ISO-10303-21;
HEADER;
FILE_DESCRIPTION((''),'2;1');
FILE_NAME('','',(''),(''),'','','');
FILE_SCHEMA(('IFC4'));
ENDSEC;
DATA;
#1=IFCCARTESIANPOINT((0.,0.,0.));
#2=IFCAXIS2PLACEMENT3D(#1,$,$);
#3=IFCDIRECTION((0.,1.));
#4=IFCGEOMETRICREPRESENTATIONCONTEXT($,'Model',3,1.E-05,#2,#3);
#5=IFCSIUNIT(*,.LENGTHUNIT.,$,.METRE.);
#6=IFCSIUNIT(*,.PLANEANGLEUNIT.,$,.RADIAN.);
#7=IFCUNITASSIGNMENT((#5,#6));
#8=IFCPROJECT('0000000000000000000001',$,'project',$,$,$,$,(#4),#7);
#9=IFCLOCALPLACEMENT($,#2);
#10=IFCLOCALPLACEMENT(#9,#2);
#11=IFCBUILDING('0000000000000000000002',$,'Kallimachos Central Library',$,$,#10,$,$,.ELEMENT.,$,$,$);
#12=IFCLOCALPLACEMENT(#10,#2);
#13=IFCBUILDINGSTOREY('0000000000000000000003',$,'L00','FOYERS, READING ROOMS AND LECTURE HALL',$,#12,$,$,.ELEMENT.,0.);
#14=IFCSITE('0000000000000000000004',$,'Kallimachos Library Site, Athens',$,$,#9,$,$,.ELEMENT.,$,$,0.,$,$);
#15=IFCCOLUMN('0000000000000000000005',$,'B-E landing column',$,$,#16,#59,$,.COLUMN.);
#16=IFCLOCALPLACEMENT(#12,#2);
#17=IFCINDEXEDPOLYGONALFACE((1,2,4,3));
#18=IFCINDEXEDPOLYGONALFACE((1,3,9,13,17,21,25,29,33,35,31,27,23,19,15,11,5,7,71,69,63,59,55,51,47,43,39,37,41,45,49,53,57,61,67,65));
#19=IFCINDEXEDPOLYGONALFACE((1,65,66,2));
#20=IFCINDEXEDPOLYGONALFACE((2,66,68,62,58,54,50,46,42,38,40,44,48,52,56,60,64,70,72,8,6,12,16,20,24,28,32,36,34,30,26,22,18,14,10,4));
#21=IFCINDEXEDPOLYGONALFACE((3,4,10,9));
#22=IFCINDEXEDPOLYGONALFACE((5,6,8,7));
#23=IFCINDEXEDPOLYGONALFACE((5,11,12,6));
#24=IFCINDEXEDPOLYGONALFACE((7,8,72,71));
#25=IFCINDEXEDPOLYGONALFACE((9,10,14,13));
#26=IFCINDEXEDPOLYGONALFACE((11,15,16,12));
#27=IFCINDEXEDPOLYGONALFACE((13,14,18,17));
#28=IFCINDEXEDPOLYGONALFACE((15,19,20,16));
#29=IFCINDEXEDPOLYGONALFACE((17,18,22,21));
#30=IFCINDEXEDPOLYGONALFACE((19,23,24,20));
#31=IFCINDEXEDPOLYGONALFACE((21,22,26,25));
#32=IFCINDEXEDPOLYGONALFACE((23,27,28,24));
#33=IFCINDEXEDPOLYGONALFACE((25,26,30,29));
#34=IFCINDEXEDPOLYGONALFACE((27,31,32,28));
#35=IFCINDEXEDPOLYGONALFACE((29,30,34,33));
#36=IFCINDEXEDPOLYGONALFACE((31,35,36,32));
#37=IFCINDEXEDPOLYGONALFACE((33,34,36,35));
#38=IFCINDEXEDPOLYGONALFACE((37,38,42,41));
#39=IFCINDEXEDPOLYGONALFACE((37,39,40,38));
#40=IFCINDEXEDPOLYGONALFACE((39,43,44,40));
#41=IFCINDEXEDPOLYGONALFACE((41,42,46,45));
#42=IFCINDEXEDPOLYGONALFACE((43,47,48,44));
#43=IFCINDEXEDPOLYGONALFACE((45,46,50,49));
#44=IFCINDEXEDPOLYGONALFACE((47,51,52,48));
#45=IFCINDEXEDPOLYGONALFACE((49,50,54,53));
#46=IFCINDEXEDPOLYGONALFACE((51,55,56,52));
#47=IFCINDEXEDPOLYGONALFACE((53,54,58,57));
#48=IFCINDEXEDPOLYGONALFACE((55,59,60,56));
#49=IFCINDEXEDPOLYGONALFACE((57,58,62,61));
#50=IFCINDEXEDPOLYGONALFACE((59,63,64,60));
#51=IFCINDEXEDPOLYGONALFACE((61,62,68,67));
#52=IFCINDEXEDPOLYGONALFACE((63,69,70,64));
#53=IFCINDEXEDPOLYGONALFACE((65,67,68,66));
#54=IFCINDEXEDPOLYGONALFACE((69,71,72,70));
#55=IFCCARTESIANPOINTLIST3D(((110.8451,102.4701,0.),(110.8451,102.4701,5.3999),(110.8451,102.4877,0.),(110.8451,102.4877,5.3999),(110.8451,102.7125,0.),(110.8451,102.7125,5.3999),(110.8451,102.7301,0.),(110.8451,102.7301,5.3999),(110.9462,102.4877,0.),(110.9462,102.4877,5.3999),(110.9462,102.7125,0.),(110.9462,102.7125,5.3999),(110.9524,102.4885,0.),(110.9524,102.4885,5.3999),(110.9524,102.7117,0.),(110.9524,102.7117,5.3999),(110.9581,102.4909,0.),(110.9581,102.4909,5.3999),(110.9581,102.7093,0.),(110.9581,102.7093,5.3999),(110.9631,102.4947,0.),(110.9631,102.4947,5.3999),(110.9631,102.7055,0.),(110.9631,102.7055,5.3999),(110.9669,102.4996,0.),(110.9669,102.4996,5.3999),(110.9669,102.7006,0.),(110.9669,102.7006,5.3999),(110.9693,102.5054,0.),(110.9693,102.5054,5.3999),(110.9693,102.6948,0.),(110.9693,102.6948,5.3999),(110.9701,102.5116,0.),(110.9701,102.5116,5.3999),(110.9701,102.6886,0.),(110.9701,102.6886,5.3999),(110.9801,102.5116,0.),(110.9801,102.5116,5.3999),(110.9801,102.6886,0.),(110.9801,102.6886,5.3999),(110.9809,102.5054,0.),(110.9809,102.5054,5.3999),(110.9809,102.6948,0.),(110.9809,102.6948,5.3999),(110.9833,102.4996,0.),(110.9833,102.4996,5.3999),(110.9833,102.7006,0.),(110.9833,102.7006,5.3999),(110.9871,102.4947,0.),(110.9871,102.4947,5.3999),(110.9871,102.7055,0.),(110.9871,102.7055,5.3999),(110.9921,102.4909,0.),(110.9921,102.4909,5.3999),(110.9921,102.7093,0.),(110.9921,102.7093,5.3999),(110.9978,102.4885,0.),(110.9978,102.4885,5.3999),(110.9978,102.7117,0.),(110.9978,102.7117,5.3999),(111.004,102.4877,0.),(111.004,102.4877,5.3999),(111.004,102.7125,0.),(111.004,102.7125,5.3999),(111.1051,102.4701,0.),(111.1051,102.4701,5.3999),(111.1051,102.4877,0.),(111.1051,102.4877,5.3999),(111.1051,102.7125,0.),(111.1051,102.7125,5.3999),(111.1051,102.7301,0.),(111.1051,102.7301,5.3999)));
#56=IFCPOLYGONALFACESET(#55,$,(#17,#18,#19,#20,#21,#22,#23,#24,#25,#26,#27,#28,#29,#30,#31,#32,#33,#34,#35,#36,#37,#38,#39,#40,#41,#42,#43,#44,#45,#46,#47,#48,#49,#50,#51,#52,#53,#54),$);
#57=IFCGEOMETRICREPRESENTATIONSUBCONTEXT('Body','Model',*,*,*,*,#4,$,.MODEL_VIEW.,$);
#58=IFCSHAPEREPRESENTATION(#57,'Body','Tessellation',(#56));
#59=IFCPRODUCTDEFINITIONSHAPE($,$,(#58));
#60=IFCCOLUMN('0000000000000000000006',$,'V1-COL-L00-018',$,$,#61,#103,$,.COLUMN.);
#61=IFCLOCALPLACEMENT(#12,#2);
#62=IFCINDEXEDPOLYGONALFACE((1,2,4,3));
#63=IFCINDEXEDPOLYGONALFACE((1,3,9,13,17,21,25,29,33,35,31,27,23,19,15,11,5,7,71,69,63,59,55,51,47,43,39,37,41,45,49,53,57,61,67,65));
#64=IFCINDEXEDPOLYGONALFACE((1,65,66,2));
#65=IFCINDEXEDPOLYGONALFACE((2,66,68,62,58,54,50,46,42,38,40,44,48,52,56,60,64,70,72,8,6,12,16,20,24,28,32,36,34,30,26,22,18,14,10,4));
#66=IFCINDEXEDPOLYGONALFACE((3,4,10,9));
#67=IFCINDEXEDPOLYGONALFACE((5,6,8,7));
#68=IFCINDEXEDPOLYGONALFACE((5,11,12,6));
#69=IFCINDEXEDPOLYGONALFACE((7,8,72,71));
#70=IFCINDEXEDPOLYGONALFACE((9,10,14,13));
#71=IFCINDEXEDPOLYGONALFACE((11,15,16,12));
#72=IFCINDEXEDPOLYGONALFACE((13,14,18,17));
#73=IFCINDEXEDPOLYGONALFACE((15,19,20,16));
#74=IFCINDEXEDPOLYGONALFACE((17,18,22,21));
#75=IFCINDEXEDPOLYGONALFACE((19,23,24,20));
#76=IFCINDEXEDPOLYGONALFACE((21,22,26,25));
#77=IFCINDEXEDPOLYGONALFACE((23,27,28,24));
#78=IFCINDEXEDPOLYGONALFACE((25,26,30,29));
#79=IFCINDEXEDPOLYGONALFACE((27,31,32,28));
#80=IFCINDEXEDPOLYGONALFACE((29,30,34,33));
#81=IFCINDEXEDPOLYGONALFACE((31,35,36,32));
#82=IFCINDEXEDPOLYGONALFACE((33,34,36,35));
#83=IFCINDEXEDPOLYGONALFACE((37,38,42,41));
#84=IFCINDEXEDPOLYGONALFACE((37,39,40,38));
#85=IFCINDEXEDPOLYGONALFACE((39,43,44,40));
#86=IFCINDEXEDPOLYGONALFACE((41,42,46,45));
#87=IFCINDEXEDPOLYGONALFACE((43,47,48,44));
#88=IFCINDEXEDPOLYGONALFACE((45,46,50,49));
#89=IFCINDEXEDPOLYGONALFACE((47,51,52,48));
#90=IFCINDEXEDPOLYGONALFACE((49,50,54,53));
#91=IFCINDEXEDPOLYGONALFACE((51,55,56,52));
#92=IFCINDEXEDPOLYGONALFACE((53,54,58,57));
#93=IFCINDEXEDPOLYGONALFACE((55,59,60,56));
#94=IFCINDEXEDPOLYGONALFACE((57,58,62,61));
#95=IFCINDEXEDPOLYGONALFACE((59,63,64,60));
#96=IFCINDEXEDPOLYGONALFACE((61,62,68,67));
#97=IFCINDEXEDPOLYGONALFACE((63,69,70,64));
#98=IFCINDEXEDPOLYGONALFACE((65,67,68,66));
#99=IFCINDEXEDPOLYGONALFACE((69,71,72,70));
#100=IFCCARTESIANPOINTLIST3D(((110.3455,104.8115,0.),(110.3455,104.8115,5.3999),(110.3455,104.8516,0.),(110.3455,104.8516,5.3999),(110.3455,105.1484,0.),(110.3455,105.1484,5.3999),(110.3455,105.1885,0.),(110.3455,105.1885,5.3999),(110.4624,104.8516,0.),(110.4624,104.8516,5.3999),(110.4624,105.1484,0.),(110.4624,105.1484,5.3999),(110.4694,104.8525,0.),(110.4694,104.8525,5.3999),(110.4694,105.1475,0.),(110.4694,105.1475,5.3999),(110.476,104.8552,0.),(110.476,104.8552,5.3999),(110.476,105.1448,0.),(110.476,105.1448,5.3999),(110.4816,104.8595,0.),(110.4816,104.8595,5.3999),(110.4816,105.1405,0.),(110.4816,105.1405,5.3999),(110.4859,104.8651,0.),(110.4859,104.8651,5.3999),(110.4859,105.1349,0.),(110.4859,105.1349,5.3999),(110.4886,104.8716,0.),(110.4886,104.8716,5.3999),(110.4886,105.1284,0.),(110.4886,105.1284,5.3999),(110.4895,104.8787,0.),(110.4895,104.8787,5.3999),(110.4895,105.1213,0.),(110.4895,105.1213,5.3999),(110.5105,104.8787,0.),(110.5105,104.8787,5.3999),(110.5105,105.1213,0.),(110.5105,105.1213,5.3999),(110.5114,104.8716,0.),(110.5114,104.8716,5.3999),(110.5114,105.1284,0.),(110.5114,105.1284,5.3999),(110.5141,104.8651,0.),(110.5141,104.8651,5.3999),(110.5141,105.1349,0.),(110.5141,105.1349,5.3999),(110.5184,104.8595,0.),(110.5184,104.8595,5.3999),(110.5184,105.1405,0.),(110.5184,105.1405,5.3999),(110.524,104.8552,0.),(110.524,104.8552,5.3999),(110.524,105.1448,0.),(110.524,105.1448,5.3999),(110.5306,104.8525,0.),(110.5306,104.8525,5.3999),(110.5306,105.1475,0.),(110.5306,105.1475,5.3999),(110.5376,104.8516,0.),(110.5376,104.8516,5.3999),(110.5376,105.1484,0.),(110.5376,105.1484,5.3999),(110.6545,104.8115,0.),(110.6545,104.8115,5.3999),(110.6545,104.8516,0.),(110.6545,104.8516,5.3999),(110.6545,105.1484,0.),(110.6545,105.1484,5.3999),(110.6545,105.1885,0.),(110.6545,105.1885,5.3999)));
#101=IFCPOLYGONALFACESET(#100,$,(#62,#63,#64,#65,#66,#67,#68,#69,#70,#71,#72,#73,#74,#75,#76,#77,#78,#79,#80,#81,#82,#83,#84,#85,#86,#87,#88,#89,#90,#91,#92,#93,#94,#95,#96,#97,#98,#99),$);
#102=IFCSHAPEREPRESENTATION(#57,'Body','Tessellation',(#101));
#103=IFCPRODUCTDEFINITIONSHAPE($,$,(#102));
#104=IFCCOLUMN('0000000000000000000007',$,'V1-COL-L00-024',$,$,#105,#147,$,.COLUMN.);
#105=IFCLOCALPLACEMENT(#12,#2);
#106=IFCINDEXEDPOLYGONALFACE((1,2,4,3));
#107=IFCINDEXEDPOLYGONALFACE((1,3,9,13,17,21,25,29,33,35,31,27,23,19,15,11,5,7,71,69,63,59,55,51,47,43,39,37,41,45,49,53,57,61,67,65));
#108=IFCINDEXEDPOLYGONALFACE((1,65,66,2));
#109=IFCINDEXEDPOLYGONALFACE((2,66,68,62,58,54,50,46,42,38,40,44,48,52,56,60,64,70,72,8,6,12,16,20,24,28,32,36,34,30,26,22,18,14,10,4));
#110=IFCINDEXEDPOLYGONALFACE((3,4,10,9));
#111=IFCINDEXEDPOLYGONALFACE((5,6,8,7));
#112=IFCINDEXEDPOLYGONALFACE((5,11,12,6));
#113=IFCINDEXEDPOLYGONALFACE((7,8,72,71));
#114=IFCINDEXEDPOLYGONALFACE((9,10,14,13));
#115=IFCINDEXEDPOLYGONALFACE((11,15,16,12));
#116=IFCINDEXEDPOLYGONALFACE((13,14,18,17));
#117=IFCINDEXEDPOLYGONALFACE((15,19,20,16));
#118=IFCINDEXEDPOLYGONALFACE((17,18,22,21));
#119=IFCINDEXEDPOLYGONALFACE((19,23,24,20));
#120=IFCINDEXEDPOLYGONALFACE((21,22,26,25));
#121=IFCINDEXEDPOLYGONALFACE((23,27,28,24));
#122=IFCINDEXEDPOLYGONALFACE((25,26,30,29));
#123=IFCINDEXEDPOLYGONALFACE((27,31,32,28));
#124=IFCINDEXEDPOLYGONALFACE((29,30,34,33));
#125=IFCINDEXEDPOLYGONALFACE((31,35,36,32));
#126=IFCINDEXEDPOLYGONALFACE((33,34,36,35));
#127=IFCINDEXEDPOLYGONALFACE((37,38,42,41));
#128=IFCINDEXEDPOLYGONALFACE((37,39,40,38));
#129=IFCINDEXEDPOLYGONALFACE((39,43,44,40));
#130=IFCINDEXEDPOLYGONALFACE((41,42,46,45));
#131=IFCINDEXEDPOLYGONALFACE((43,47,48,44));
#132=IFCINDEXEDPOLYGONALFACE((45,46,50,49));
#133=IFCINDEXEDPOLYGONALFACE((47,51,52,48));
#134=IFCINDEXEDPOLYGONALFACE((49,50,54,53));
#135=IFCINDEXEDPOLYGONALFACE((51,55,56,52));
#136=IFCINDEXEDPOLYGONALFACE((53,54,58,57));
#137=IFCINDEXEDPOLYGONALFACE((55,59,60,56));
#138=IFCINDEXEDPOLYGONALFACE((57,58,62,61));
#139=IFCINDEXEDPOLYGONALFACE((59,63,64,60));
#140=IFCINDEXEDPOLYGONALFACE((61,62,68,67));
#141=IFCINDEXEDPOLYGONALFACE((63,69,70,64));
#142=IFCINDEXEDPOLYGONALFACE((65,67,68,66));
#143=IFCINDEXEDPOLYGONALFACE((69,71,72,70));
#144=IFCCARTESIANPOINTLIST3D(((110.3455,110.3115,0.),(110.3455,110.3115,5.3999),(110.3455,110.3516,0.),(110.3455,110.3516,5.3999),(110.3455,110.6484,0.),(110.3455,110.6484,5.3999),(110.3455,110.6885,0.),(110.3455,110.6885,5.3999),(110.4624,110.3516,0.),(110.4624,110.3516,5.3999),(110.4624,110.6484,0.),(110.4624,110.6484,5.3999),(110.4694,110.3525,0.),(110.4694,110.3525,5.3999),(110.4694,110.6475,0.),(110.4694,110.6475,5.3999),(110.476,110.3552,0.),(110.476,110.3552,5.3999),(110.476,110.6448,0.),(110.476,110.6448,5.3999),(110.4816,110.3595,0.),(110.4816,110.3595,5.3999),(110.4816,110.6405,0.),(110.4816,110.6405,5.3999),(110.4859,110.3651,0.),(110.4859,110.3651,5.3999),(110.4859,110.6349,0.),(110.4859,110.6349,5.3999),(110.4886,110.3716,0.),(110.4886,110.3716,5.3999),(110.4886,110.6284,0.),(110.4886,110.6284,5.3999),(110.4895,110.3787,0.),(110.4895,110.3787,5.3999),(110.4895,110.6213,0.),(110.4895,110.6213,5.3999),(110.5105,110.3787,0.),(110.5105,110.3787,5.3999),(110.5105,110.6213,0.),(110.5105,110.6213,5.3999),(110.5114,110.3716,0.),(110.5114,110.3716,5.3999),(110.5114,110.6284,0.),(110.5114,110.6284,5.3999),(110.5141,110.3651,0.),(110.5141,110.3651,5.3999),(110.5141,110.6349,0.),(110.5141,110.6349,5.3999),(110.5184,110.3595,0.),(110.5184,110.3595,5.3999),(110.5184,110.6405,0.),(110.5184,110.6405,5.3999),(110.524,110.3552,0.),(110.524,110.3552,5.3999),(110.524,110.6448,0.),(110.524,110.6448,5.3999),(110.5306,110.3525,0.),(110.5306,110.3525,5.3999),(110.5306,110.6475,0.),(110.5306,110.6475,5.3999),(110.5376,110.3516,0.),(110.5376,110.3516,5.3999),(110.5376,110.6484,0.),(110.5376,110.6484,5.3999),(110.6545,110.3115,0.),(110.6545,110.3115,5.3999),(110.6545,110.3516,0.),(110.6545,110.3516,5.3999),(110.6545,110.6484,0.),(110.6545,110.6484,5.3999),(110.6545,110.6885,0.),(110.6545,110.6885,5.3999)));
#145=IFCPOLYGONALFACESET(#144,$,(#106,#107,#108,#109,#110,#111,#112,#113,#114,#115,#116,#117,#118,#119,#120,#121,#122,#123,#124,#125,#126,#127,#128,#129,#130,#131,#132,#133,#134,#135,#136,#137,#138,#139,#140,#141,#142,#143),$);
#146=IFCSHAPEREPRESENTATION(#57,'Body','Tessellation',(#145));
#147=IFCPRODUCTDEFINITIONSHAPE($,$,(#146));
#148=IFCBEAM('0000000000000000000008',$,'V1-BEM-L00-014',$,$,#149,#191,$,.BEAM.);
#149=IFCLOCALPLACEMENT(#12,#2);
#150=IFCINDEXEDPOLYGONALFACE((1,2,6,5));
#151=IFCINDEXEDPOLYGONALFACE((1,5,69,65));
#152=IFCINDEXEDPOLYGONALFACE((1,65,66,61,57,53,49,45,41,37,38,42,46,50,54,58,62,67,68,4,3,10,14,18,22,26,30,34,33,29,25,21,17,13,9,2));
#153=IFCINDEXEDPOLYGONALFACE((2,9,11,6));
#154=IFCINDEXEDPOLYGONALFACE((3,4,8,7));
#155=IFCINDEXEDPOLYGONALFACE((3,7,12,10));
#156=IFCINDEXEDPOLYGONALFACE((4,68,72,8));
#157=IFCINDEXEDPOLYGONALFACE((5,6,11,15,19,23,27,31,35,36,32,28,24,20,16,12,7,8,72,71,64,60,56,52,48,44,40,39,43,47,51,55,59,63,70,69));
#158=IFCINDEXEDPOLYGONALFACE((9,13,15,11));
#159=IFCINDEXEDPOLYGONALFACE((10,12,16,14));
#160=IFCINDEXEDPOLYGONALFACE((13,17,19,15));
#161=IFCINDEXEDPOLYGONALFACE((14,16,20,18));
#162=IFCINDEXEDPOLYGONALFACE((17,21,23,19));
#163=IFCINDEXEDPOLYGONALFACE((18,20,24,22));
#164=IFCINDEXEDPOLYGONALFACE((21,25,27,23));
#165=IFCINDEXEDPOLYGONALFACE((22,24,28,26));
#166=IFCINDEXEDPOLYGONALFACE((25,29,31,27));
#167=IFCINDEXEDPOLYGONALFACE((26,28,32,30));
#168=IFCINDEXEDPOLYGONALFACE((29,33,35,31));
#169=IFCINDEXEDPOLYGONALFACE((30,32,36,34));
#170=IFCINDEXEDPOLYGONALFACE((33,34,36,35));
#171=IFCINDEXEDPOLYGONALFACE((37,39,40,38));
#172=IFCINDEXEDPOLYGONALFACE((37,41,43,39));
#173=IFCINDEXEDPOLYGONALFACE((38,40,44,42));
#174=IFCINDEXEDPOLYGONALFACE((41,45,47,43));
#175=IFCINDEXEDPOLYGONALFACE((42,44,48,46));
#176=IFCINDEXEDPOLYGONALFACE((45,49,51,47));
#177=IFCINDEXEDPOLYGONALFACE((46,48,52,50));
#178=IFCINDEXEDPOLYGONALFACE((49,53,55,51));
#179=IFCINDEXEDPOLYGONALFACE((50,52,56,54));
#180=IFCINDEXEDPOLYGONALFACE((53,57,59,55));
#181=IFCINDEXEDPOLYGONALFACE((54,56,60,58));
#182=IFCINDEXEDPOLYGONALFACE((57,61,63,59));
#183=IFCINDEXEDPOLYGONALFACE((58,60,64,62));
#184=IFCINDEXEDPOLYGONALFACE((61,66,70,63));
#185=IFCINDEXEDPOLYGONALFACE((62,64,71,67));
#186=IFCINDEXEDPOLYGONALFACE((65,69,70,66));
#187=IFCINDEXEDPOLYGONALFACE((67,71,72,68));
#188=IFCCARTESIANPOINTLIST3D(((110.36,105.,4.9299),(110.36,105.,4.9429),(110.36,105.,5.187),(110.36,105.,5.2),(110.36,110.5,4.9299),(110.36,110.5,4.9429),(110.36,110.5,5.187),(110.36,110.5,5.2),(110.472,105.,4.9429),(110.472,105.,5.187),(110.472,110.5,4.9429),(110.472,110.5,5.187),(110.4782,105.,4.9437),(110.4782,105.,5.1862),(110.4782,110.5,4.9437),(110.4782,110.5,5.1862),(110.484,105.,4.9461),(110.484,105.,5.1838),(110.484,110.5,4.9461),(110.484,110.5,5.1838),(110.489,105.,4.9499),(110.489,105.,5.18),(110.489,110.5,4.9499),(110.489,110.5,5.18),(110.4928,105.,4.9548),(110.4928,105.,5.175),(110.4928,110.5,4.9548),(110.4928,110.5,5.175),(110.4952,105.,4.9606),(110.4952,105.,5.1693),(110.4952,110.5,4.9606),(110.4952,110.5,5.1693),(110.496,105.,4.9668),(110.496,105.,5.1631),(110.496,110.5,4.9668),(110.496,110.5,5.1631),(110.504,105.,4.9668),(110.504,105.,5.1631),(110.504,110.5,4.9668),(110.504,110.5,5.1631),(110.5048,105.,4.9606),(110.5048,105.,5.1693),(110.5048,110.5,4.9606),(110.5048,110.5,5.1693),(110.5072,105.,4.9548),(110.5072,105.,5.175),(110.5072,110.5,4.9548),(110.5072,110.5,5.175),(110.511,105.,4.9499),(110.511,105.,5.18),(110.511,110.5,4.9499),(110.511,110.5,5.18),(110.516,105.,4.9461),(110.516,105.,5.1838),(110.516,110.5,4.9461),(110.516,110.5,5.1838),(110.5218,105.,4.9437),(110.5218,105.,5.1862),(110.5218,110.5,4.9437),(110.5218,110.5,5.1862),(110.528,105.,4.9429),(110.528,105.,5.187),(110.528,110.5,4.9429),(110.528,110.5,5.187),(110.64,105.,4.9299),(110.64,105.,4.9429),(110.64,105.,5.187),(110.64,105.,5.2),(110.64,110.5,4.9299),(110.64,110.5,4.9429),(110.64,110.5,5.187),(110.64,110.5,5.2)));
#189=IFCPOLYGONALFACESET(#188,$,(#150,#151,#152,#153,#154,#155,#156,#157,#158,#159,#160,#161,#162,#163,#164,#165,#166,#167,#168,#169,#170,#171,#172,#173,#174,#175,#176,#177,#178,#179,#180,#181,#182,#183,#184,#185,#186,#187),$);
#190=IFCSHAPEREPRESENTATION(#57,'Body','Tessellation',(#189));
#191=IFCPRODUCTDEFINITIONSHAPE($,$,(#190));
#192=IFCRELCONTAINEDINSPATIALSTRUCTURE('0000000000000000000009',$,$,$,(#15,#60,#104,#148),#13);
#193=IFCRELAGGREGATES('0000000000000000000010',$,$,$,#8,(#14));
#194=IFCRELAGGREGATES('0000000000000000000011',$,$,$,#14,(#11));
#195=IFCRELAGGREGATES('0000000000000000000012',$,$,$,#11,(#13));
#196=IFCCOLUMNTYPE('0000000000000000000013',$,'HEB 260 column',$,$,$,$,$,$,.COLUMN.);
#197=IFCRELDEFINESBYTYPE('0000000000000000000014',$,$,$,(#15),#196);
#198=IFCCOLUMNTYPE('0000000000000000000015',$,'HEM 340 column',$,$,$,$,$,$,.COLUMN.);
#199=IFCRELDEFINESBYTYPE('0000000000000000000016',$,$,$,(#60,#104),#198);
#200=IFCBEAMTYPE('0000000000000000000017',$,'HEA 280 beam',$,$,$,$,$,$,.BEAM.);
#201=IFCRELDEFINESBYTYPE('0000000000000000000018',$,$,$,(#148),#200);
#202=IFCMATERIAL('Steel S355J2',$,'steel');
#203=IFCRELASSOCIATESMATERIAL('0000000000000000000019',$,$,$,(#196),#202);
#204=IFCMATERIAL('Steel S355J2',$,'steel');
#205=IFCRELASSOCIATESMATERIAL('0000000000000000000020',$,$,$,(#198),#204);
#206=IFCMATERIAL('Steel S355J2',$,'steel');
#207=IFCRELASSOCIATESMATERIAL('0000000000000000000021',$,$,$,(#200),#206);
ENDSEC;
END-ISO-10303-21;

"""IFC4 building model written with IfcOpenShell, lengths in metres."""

from ifc_helpers import new_model, si_unit, direction, frame, origin, origin_2d, place, context, subcontext, project, spatial, i_section, extrude, material, material_profile, profile_set, type_object, element, save


model = new_model("IFC4")

# Units and contexts
model_context = context("Model", 3, precision=1e-05, world=origin(), true_north=direction((0.0, 1.0)))
body_context = subcontext(model_context, "Body", "Model", "MODEL_VIEW")
ifc_project = project(units=[si_unit("LENGTHUNIT", "METRE"), si_unit("PLANEANGLEUNIT", "RADIAN")], contexts=[model_context])

# Site, building, storey
site_placement = place(None, origin())
site = spatial("IfcSite", under=ifc_project, at=site_placement, Name="Kallimachos Library Site, Athens", CompositionType="ELEMENT", RefElevation=0.0)
building_placement = place(site_placement, origin())
building = spatial("IfcBuilding", under=site, at=building_placement, Name="Kallimachos Central Library", CompositionType="ELEMENT")
storey_placement = place(building_placement, origin())
storey = spatial("IfcBuildingStorey", under=building, at=storey_placement, Name="L00", Description="FOYERS, READING ROOMS AND LECTURE HALL", CompositionType="ELEMENT", Elevation=0.0)

# Columns
ifc_material_1 = material(Name="Steel S355J2", Category="steel")
ifc_material_profile_1 = material_profile(ifc_material_1, i_section(OverallWidth=0.26, OverallDepth=0.26, WebThickness=0.01, FlangeThickness=0.0176, FilletRadius=0.0239, at=origin_2d()), Name="HEB 260")
ifc_profile_set_1 = profile_set([ifc_material_profile_1], Name="Steel S355J2")
column_type_1 = type_object("IfcColumnType", Name="HEB 260 column", PredefinedType="COLUMN", material=ifc_profile_set_1)
column_placement = place(storey_placement, frame((110.9751, 102.6001, 0.0), z_axis=(0.0, 0.0, 1.0), x_axis=(1.0, 0.0, 0.0)))
element("IfcColumn", 1, at=column_placement, inside=storey, type_object=column_type_1, Name="B-E landing column", PredefinedType="COLUMN", context=body_context, shape_type="SweptSolid", body=[
    extrude(i_section(OverallWidth=0.26, OverallDepth=0.26, WebThickness=0.01, FlangeThickness=0.0176, FilletRadius=0.0239, at=origin_2d()), origin(), (0.0, 0.0, 1.0), 5.3999),
])
ifc_material_2 = material(Name="Steel S355J2", Category="steel")
ifc_material_profile_2 = material_profile(ifc_material_2, i_section(OverallWidth=0.3091, OverallDepth=0.377, WebThickness=0.021, FlangeThickness=0.04, FilletRadius=0.0271, at=origin_2d()), Name="HEM 340")
ifc_profile_set_2 = profile_set([ifc_material_profile_2], Name="Steel S355J2")
column_type_2 = type_object("IfcColumnType", Name="HEM 340 column", PredefinedType="COLUMN", material=ifc_profile_set_2)
for number, where, z_axis, x_axis, name in (
    (2, (110.5, 105.0, 0.0), (0.0, 0.0, 1.0), (1.0, 0.0, 0.0), "V1-COL-L00-018"),
    (3, (110.5, 110.5, 0.0), (0.0, 0.0, 1.0), (1.0, 0.0, 0.0), "V1-COL-L00-024"),
):
    element("IfcColumn", number, at=place(storey_placement, frame(where, z_axis=z_axis, x_axis=x_axis)), inside=storey, type_object=column_type_2, Name=name, PredefinedType="COLUMN", context=body_context, shape_type="SweptSolid", body=[
        extrude(i_section(OverallWidth=0.3091, OverallDepth=0.377, WebThickness=0.021, FlangeThickness=0.04, FilletRadius=0.0271, at=origin_2d()), origin(), (0.0, 0.0, 1.0), 5.3999),
    ])

# Beam
ifc_material_3 = material(Name="Steel S355J2", Category="steel")
ifc_material_profile_3 = material_profile(ifc_material_3, i_section(OverallWidth=0.28, OverallDepth=0.27, WebThickness=0.0081, FlangeThickness=0.0129, FilletRadius=0.0239, at=origin_2d()), Name="HEA 280")
ifc_profile_set_3 = profile_set([ifc_material_profile_3], Name="Steel S355J2")
beam_type_1 = type_object("IfcBeamType", Name="HEA 280 beam", PredefinedType="BEAM", material=ifc_profile_set_3)
beam_placement = place(storey_placement, frame((110.5, 105.0, 5.0649), z_axis=(0.0, 1.0, 0.0), x_axis=(-1.0, 0.0, 0.0)))
element("IfcBeam", 4, at=beam_placement, inside=storey, type_object=beam_type_1, Name="V1-BEM-L00-014", PredefinedType="BEAM", context=body_context, shape_type="SweptSolid", body=[
    extrude(i_section(OverallWidth=0.28, OverallDepth=0.27, WebThickness=0.0081, FlangeThickness=0.0129, FilletRadius=0.0239, at=origin_2d()), origin(), (0.0, 0.0, 1.0), 5.5),
])

save(model, "model.ifc")
